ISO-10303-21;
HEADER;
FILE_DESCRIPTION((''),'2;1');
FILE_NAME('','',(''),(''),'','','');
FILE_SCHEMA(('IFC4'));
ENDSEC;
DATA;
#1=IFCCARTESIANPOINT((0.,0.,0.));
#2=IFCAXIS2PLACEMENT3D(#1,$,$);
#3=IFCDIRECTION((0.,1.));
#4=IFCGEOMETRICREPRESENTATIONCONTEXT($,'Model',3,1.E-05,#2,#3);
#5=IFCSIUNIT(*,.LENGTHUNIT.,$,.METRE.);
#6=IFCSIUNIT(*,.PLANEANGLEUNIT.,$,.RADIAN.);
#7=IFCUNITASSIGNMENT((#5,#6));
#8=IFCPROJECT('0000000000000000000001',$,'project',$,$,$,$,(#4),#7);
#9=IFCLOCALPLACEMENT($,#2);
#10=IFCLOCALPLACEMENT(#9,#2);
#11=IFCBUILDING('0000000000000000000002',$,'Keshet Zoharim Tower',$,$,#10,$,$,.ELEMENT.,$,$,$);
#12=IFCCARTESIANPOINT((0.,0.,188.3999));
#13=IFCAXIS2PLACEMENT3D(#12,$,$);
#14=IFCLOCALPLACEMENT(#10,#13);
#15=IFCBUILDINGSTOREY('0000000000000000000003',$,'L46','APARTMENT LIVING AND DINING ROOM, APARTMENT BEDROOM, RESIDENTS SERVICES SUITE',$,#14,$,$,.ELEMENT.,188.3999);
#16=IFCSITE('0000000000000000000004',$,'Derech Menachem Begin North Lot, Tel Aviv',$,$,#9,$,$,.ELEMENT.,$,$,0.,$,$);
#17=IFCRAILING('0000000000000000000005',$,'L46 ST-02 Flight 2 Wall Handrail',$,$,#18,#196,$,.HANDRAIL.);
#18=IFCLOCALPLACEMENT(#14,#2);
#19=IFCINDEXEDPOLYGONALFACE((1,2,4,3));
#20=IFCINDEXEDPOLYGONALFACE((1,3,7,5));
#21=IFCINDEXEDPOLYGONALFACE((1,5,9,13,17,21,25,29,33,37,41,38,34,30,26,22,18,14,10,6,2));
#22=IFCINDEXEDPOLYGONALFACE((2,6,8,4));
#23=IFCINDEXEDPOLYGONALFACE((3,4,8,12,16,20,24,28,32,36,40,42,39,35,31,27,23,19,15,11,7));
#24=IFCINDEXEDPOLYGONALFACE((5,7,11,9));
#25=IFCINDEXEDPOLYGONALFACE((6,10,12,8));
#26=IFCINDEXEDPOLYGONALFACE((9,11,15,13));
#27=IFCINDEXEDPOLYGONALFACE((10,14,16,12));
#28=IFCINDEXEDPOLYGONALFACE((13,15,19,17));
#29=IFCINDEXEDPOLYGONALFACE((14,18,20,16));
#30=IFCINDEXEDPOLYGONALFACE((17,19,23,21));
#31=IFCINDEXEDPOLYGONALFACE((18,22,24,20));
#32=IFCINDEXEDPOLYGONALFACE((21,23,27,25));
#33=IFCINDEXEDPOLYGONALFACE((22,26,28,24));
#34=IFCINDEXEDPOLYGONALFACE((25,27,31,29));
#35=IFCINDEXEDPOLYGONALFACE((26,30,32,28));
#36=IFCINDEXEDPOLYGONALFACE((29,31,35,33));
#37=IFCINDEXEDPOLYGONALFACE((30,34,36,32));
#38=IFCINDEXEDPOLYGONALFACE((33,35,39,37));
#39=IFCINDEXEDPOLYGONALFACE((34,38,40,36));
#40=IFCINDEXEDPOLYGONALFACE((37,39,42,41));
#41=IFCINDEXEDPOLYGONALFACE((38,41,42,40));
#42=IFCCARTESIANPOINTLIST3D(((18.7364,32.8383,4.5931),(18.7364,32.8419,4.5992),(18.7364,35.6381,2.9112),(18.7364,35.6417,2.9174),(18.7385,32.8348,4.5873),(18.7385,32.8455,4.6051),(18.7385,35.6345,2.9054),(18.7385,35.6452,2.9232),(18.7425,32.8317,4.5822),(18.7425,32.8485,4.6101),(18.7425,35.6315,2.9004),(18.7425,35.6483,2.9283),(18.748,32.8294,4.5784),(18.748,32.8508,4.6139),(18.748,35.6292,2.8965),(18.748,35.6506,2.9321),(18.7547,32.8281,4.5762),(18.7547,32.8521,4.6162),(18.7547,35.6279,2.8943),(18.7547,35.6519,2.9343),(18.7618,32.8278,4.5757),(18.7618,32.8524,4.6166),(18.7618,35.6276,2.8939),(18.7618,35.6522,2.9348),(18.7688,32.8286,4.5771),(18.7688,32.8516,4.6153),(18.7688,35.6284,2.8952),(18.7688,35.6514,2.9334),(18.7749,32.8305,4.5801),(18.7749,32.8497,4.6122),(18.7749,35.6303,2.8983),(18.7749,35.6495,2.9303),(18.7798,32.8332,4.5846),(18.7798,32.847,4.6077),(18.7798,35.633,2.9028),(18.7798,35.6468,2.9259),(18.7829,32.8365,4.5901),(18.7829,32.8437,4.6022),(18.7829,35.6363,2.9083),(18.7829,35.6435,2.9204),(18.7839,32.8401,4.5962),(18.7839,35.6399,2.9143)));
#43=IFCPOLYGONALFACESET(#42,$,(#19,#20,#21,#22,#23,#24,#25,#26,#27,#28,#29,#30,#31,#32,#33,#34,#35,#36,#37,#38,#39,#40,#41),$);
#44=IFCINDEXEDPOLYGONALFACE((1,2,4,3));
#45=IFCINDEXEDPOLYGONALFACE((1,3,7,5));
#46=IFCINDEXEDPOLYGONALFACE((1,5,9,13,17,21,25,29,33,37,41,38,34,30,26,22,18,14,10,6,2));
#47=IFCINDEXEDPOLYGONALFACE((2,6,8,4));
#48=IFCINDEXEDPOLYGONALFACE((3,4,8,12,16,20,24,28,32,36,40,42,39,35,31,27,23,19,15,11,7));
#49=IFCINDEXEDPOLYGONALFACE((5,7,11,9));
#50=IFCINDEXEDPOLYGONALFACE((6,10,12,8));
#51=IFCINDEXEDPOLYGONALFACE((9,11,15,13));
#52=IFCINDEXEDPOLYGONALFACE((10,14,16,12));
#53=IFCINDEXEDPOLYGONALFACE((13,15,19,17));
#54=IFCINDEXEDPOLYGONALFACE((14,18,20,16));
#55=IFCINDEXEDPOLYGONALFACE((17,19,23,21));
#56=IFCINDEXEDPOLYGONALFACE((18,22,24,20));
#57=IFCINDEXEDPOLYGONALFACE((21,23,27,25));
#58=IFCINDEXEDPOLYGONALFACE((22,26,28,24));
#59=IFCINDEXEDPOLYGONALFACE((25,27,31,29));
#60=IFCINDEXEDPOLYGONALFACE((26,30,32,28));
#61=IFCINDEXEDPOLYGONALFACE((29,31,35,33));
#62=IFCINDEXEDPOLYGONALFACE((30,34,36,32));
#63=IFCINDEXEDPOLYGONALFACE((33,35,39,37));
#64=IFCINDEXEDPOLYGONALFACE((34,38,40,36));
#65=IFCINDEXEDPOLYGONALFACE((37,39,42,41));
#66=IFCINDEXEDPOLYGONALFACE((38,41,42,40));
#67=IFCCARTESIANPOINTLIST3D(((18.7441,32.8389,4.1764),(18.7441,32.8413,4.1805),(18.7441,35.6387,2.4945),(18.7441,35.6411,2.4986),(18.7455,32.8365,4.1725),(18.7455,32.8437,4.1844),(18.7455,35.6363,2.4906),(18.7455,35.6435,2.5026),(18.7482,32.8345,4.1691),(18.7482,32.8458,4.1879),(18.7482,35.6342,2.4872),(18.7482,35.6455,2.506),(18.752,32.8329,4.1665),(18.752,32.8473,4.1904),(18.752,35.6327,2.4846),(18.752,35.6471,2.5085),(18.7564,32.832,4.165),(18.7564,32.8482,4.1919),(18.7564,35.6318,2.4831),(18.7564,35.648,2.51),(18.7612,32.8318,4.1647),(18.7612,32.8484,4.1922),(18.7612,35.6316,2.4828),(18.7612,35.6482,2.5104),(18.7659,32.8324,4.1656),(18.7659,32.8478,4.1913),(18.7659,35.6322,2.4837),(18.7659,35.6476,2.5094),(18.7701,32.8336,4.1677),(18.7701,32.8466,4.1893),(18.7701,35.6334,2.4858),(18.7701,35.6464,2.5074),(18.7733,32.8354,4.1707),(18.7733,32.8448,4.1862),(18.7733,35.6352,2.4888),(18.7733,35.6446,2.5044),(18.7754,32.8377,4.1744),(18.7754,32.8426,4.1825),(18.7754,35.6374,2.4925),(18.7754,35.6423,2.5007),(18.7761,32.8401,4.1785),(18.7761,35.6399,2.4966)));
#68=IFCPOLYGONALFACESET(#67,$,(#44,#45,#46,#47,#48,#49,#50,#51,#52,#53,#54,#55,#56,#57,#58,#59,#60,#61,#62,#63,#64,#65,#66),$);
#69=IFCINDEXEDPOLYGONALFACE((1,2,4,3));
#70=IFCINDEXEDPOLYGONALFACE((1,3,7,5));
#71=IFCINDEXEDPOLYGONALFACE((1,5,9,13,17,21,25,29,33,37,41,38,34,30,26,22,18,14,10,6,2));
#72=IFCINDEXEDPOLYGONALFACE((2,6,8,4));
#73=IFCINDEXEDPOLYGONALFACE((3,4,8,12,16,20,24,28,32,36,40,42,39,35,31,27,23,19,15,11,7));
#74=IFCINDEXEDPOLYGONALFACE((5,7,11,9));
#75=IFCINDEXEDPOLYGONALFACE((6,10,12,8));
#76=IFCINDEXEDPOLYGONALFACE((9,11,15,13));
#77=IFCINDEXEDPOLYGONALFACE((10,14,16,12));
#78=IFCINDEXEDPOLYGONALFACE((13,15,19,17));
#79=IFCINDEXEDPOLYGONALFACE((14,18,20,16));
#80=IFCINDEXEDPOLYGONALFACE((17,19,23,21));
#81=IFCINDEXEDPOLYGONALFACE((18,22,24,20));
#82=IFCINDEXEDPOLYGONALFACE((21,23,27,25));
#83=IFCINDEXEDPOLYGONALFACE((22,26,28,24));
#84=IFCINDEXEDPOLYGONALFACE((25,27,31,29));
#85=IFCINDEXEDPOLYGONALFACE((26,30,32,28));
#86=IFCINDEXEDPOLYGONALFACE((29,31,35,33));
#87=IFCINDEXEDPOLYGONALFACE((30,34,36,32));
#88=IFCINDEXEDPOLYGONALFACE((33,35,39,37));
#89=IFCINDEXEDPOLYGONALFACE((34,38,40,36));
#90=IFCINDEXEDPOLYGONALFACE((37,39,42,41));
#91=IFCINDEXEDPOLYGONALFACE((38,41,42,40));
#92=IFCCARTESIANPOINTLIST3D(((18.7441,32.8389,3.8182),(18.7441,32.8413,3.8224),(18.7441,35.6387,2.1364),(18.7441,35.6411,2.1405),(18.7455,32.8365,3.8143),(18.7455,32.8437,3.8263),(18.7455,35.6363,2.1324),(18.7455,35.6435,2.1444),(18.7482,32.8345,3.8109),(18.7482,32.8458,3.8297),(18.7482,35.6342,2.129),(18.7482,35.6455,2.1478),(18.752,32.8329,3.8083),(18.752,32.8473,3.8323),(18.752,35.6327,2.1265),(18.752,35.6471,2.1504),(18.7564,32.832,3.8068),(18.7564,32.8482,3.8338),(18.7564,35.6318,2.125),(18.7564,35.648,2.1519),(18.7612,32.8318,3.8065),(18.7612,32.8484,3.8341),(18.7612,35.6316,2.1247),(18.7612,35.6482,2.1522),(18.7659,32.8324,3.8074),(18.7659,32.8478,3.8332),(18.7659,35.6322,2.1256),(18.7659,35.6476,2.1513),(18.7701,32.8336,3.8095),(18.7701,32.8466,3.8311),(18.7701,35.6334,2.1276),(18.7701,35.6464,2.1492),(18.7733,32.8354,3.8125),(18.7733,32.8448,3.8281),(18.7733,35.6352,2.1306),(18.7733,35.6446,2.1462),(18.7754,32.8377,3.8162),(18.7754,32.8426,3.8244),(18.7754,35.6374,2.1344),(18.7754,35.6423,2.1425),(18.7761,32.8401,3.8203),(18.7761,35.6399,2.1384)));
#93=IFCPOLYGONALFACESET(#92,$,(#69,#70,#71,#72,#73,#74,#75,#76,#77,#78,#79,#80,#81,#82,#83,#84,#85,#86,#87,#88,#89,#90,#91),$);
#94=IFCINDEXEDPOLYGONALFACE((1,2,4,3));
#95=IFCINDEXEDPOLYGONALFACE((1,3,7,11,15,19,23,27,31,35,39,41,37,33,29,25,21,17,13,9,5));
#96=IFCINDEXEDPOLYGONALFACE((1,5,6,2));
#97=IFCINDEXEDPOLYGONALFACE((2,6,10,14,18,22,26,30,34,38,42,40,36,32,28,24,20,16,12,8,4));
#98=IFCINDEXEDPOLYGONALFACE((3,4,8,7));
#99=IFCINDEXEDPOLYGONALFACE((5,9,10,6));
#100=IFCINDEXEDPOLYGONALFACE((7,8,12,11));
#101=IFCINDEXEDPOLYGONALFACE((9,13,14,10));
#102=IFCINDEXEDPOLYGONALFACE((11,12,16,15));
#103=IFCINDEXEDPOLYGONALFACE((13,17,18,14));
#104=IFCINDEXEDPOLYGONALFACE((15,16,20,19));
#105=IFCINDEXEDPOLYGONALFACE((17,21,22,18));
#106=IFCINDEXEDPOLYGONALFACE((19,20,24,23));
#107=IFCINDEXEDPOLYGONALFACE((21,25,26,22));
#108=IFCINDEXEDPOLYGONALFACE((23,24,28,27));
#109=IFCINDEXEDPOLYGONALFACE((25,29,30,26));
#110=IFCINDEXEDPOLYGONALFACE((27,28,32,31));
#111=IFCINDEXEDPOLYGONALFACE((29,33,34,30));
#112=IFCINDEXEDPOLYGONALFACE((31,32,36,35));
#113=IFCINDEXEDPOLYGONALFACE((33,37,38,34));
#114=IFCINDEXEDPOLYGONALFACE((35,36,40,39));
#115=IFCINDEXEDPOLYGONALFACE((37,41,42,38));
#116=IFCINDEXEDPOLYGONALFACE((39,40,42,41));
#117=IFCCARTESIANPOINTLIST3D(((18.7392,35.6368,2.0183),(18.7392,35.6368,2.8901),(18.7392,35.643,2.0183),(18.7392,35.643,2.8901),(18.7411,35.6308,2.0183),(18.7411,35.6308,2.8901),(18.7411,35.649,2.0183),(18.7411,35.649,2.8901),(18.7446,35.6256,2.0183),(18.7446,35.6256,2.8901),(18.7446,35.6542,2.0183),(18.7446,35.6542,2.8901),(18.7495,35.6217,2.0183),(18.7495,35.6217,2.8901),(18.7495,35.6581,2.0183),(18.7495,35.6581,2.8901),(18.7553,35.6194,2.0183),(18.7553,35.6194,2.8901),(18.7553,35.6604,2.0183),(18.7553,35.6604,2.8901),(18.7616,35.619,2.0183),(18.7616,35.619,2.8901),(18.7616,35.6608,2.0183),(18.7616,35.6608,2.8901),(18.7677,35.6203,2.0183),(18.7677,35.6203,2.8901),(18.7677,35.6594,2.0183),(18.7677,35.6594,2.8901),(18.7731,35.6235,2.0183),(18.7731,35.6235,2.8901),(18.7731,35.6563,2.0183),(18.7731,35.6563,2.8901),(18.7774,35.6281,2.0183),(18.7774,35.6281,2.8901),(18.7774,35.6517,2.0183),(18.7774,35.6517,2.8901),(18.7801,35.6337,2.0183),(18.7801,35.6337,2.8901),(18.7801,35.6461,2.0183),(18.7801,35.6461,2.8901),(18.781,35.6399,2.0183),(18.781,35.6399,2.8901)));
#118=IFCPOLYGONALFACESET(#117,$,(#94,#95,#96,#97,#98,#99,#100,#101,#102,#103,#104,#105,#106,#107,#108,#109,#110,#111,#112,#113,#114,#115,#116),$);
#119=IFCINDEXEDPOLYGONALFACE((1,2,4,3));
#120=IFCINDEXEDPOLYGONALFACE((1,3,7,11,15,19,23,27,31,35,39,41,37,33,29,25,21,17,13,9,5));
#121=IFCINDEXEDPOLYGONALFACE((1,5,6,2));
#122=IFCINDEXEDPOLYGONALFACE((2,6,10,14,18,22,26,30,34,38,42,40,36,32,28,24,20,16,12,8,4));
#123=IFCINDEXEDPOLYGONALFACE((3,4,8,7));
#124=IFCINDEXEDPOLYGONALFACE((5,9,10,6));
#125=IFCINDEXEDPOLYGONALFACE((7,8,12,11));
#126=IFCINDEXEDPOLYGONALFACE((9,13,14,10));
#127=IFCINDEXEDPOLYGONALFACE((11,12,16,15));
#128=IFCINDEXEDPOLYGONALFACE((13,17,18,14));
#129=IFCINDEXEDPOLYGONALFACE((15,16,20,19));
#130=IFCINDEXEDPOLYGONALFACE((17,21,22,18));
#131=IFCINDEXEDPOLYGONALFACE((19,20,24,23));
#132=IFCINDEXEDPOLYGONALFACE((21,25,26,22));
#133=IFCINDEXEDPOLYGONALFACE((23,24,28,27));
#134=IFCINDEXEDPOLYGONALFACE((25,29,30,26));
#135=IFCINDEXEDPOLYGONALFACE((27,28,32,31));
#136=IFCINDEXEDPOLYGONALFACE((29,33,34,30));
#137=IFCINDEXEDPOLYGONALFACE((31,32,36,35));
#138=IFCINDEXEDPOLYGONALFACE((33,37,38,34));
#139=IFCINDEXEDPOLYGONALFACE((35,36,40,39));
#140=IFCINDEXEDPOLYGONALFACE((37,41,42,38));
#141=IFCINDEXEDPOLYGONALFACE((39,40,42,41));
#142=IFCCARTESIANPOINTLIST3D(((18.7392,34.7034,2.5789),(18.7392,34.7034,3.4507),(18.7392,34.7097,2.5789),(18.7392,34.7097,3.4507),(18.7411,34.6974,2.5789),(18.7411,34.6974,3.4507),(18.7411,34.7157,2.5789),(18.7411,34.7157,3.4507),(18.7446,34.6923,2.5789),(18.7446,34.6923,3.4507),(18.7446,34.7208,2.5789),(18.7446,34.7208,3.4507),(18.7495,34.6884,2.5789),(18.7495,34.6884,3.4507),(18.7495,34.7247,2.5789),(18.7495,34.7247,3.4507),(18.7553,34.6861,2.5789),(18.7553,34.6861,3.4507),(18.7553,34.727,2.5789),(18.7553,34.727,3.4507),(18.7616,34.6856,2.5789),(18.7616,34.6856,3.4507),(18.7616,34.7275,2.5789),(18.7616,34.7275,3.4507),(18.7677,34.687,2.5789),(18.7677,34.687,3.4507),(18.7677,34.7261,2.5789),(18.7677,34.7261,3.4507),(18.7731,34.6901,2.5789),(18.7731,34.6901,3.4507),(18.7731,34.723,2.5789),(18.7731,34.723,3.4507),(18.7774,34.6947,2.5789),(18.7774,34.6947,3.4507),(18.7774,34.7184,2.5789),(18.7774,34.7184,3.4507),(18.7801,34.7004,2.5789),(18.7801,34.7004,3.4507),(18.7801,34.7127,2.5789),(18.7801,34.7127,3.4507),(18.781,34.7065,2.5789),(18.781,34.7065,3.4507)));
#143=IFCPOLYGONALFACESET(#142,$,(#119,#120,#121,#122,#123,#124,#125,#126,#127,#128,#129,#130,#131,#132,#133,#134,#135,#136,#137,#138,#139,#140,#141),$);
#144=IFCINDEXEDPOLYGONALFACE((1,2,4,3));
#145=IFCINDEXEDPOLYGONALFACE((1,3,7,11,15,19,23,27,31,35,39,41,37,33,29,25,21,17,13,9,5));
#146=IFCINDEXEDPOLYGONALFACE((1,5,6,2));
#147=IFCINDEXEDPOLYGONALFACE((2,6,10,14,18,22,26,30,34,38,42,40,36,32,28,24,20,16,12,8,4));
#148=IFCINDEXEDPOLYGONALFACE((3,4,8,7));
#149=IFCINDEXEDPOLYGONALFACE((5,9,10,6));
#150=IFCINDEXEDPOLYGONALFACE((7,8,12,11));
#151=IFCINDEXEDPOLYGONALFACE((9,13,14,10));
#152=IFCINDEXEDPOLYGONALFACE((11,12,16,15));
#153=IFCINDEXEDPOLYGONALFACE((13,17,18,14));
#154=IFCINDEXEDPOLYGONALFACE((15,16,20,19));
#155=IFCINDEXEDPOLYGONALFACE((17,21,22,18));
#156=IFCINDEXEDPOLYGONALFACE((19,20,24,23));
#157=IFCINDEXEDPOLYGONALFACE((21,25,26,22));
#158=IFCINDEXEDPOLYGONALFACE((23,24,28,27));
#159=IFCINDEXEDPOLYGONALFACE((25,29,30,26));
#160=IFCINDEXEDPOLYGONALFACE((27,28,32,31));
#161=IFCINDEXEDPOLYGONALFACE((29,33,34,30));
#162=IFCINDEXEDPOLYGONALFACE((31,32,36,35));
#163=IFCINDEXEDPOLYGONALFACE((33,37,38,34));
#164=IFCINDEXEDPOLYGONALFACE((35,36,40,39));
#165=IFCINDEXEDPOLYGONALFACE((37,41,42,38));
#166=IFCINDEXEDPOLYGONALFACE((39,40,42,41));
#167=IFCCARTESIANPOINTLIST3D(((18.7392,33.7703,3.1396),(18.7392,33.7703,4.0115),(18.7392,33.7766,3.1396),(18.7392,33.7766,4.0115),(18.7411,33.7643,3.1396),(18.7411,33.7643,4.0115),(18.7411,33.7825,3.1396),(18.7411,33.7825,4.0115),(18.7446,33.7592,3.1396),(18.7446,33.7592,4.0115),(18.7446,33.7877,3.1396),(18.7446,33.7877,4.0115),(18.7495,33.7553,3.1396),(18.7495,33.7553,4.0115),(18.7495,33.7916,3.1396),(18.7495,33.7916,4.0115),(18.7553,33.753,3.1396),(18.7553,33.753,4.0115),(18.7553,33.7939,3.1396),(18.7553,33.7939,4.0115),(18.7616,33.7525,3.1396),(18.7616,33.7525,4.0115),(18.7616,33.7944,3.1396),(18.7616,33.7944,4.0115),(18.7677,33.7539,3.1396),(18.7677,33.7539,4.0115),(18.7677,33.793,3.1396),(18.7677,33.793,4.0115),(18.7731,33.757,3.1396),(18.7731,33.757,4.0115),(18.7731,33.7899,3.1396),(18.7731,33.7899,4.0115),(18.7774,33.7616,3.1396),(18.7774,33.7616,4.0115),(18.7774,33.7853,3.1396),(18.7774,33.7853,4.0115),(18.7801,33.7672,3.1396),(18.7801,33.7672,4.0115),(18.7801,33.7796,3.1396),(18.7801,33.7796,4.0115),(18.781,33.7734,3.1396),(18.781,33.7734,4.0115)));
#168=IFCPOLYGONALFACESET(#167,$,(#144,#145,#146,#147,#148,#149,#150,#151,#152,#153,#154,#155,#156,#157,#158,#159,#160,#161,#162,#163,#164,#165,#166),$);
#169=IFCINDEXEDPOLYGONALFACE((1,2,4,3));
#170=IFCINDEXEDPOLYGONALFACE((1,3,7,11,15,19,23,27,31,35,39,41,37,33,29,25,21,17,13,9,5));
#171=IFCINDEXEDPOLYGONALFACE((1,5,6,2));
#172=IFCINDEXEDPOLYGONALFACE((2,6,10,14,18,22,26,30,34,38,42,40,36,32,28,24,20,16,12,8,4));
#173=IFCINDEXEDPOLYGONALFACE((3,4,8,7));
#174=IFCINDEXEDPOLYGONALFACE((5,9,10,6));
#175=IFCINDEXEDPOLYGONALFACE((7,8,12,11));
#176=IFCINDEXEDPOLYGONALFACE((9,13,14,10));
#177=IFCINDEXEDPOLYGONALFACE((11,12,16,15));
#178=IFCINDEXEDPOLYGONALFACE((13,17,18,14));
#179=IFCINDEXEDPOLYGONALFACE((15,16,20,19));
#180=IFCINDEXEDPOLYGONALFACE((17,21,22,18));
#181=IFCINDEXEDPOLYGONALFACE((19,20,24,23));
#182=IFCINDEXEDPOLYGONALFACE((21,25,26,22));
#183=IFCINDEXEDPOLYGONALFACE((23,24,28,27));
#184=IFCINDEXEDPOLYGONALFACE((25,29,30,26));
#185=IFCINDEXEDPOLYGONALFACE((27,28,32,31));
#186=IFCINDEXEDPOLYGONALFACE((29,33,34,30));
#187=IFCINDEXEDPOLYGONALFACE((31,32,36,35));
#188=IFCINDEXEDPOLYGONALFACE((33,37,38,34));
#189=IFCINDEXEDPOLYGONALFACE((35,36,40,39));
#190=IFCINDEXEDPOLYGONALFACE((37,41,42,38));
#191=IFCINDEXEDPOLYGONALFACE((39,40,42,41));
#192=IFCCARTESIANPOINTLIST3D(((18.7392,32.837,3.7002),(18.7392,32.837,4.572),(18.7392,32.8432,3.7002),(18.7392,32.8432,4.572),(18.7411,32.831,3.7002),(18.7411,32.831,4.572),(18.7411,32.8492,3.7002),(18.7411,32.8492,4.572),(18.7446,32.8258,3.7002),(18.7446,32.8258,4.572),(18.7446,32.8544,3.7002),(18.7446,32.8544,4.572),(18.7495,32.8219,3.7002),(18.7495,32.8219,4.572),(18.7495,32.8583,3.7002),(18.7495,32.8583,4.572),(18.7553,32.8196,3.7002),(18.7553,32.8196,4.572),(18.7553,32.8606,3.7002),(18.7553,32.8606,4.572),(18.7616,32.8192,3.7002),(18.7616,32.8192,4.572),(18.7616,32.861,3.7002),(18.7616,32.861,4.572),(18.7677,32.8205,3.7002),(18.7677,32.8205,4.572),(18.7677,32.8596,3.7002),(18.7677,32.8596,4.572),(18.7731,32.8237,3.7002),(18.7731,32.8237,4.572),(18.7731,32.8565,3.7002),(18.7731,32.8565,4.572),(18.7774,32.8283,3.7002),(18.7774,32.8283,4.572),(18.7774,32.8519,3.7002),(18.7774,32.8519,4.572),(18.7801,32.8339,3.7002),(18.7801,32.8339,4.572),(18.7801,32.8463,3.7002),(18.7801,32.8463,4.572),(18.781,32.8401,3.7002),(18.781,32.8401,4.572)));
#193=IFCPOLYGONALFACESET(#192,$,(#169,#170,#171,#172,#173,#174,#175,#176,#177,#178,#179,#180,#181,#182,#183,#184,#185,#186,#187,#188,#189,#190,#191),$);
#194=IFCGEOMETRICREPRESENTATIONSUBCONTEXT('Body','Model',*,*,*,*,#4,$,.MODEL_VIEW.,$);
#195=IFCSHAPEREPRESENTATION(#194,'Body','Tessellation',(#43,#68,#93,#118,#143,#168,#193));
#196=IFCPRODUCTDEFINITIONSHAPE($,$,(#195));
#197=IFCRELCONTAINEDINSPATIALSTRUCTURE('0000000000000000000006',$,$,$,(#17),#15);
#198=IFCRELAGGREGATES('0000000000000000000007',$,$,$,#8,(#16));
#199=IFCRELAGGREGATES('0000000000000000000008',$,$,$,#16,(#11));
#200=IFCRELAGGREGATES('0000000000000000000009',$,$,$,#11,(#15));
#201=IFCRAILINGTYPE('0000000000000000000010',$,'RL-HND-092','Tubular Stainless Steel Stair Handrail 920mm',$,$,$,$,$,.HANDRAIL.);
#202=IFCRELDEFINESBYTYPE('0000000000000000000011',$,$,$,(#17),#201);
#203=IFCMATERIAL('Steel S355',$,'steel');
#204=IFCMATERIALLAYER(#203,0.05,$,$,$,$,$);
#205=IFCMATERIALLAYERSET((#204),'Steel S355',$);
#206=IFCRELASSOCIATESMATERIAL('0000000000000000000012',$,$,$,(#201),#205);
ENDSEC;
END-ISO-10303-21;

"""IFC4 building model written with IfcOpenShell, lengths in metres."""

from ifc_helpers import new_model, si_unit, direction, frame, origin, origin_2d, place, context, subcontext, project, spatial, circle, extrude, material, layer, layer_set, type_object, element, save


model = new_model("IFC4")

# Units and contexts
model_context = context("Model", 3, precision=1e-05, world=origin(), true_north=direction((0.0, 1.0)))
body_context = subcontext(model_context, "Body", "Model", "MODEL_VIEW")
ifc_project = project(units=[si_unit("LENGTHUNIT", "METRE"), si_unit("PLANEANGLEUNIT", "RADIAN")], contexts=[model_context])

# Site, building, storey
site_placement = place(None, origin())
site = spatial("IfcSite", under=ifc_project, at=site_placement, Name="Derech Menachem Begin North Lot, Tel Aviv", CompositionType="ELEMENT", RefElevation=0.0)
building_placement = place(site_placement, origin())
building = spatial("IfcBuilding", under=site, at=building_placement, Name="Keshet Zoharim Tower", CompositionType="ELEMENT")
storey_placement = place(building_placement, frame((0.0, 0.0, 188.3999)))
storey = spatial("IfcBuildingStorey", under=building, at=storey_placement, Name="L46", Description="APARTMENT LIVING AND DINING ROOM, APARTMENT BEDROOM, RESIDENTS SERVICES SUITE", CompositionType="ELEMENT", Elevation=188.3999)

# Shared definitions
ifc_material_1 = material(Name="Steel S355", Category="steel")

# Railing
ifc_layer_1 = layer(ifc_material_1, 0.05)
ifc_layer_set_1 = layer_set([ifc_layer_1], Name="Steel S355")
railing_type_1 = type_object("IfcRailingType", Name="RL-HND-092", Description="Tubular Stainless Steel Stair Handrail 920mm", PredefinedType="HANDRAIL", material=ifc_layer_set_1)
railing_1_placement = place(storey_placement, frame((18.76, 35.6399, 2.0183)))
element("IfcRailing", 1, at=railing_1_placement, inside=storey, type_object=railing_type_1, Name="L46 ST-02 Flight 2 Wall Handrail", PredefinedType="HANDRAIL", context=body_context, shape_type="SweptSolid", body=[
    extrude(circle(Radius=0.0239, at=origin_2d()), frame((0.0, 0.0, 0.896), z_axis=(0.0, -0.857222, 0.514946), x_axis=(1.0, 0.0, 0.0)), (0.0, 0.0, 1.0), 3.2661),
    extrude(circle(Radius=0.0161, at=origin_2d()), frame((0.0, 0.0, 0.4783), z_axis=(0.0, -0.857222, 0.514946), x_axis=(1.0, 0.0, 0.0)), (0.0, 0.0, 1.0), 3.2661),
    extrude(circle(Radius=0.0161, at=origin_2d()), frame((0.0, 0.0, 0.1201), z_axis=(0.0, -0.857222, 0.514946), x_axis=(1.0, 0.0, 0.0)), (0.0, 0.0, 1.0), 3.2661),
    extrude(circle(Radius=0.021, at=origin_2d()), origin(), (0.0, 0.0, 1.0), 0.8718),
    extrude(circle(Radius=0.021, at=origin_2d()), frame((0.0, -0.9333, 0.5605)), (0.0, 0.0, 1.0), 0.8718),
    extrude(circle(Radius=0.021, at=origin_2d()), frame((0.0, -1.8665, 1.1213)), (0.0, 0.0, 1.0), 0.8718),
    extrude(circle(Radius=0.021, at=origin_2d()), frame((0.0, -2.7998, 1.6819)), (0.0, 0.0, 1.0), 0.8718),
])

save(model, "model.ifc")
